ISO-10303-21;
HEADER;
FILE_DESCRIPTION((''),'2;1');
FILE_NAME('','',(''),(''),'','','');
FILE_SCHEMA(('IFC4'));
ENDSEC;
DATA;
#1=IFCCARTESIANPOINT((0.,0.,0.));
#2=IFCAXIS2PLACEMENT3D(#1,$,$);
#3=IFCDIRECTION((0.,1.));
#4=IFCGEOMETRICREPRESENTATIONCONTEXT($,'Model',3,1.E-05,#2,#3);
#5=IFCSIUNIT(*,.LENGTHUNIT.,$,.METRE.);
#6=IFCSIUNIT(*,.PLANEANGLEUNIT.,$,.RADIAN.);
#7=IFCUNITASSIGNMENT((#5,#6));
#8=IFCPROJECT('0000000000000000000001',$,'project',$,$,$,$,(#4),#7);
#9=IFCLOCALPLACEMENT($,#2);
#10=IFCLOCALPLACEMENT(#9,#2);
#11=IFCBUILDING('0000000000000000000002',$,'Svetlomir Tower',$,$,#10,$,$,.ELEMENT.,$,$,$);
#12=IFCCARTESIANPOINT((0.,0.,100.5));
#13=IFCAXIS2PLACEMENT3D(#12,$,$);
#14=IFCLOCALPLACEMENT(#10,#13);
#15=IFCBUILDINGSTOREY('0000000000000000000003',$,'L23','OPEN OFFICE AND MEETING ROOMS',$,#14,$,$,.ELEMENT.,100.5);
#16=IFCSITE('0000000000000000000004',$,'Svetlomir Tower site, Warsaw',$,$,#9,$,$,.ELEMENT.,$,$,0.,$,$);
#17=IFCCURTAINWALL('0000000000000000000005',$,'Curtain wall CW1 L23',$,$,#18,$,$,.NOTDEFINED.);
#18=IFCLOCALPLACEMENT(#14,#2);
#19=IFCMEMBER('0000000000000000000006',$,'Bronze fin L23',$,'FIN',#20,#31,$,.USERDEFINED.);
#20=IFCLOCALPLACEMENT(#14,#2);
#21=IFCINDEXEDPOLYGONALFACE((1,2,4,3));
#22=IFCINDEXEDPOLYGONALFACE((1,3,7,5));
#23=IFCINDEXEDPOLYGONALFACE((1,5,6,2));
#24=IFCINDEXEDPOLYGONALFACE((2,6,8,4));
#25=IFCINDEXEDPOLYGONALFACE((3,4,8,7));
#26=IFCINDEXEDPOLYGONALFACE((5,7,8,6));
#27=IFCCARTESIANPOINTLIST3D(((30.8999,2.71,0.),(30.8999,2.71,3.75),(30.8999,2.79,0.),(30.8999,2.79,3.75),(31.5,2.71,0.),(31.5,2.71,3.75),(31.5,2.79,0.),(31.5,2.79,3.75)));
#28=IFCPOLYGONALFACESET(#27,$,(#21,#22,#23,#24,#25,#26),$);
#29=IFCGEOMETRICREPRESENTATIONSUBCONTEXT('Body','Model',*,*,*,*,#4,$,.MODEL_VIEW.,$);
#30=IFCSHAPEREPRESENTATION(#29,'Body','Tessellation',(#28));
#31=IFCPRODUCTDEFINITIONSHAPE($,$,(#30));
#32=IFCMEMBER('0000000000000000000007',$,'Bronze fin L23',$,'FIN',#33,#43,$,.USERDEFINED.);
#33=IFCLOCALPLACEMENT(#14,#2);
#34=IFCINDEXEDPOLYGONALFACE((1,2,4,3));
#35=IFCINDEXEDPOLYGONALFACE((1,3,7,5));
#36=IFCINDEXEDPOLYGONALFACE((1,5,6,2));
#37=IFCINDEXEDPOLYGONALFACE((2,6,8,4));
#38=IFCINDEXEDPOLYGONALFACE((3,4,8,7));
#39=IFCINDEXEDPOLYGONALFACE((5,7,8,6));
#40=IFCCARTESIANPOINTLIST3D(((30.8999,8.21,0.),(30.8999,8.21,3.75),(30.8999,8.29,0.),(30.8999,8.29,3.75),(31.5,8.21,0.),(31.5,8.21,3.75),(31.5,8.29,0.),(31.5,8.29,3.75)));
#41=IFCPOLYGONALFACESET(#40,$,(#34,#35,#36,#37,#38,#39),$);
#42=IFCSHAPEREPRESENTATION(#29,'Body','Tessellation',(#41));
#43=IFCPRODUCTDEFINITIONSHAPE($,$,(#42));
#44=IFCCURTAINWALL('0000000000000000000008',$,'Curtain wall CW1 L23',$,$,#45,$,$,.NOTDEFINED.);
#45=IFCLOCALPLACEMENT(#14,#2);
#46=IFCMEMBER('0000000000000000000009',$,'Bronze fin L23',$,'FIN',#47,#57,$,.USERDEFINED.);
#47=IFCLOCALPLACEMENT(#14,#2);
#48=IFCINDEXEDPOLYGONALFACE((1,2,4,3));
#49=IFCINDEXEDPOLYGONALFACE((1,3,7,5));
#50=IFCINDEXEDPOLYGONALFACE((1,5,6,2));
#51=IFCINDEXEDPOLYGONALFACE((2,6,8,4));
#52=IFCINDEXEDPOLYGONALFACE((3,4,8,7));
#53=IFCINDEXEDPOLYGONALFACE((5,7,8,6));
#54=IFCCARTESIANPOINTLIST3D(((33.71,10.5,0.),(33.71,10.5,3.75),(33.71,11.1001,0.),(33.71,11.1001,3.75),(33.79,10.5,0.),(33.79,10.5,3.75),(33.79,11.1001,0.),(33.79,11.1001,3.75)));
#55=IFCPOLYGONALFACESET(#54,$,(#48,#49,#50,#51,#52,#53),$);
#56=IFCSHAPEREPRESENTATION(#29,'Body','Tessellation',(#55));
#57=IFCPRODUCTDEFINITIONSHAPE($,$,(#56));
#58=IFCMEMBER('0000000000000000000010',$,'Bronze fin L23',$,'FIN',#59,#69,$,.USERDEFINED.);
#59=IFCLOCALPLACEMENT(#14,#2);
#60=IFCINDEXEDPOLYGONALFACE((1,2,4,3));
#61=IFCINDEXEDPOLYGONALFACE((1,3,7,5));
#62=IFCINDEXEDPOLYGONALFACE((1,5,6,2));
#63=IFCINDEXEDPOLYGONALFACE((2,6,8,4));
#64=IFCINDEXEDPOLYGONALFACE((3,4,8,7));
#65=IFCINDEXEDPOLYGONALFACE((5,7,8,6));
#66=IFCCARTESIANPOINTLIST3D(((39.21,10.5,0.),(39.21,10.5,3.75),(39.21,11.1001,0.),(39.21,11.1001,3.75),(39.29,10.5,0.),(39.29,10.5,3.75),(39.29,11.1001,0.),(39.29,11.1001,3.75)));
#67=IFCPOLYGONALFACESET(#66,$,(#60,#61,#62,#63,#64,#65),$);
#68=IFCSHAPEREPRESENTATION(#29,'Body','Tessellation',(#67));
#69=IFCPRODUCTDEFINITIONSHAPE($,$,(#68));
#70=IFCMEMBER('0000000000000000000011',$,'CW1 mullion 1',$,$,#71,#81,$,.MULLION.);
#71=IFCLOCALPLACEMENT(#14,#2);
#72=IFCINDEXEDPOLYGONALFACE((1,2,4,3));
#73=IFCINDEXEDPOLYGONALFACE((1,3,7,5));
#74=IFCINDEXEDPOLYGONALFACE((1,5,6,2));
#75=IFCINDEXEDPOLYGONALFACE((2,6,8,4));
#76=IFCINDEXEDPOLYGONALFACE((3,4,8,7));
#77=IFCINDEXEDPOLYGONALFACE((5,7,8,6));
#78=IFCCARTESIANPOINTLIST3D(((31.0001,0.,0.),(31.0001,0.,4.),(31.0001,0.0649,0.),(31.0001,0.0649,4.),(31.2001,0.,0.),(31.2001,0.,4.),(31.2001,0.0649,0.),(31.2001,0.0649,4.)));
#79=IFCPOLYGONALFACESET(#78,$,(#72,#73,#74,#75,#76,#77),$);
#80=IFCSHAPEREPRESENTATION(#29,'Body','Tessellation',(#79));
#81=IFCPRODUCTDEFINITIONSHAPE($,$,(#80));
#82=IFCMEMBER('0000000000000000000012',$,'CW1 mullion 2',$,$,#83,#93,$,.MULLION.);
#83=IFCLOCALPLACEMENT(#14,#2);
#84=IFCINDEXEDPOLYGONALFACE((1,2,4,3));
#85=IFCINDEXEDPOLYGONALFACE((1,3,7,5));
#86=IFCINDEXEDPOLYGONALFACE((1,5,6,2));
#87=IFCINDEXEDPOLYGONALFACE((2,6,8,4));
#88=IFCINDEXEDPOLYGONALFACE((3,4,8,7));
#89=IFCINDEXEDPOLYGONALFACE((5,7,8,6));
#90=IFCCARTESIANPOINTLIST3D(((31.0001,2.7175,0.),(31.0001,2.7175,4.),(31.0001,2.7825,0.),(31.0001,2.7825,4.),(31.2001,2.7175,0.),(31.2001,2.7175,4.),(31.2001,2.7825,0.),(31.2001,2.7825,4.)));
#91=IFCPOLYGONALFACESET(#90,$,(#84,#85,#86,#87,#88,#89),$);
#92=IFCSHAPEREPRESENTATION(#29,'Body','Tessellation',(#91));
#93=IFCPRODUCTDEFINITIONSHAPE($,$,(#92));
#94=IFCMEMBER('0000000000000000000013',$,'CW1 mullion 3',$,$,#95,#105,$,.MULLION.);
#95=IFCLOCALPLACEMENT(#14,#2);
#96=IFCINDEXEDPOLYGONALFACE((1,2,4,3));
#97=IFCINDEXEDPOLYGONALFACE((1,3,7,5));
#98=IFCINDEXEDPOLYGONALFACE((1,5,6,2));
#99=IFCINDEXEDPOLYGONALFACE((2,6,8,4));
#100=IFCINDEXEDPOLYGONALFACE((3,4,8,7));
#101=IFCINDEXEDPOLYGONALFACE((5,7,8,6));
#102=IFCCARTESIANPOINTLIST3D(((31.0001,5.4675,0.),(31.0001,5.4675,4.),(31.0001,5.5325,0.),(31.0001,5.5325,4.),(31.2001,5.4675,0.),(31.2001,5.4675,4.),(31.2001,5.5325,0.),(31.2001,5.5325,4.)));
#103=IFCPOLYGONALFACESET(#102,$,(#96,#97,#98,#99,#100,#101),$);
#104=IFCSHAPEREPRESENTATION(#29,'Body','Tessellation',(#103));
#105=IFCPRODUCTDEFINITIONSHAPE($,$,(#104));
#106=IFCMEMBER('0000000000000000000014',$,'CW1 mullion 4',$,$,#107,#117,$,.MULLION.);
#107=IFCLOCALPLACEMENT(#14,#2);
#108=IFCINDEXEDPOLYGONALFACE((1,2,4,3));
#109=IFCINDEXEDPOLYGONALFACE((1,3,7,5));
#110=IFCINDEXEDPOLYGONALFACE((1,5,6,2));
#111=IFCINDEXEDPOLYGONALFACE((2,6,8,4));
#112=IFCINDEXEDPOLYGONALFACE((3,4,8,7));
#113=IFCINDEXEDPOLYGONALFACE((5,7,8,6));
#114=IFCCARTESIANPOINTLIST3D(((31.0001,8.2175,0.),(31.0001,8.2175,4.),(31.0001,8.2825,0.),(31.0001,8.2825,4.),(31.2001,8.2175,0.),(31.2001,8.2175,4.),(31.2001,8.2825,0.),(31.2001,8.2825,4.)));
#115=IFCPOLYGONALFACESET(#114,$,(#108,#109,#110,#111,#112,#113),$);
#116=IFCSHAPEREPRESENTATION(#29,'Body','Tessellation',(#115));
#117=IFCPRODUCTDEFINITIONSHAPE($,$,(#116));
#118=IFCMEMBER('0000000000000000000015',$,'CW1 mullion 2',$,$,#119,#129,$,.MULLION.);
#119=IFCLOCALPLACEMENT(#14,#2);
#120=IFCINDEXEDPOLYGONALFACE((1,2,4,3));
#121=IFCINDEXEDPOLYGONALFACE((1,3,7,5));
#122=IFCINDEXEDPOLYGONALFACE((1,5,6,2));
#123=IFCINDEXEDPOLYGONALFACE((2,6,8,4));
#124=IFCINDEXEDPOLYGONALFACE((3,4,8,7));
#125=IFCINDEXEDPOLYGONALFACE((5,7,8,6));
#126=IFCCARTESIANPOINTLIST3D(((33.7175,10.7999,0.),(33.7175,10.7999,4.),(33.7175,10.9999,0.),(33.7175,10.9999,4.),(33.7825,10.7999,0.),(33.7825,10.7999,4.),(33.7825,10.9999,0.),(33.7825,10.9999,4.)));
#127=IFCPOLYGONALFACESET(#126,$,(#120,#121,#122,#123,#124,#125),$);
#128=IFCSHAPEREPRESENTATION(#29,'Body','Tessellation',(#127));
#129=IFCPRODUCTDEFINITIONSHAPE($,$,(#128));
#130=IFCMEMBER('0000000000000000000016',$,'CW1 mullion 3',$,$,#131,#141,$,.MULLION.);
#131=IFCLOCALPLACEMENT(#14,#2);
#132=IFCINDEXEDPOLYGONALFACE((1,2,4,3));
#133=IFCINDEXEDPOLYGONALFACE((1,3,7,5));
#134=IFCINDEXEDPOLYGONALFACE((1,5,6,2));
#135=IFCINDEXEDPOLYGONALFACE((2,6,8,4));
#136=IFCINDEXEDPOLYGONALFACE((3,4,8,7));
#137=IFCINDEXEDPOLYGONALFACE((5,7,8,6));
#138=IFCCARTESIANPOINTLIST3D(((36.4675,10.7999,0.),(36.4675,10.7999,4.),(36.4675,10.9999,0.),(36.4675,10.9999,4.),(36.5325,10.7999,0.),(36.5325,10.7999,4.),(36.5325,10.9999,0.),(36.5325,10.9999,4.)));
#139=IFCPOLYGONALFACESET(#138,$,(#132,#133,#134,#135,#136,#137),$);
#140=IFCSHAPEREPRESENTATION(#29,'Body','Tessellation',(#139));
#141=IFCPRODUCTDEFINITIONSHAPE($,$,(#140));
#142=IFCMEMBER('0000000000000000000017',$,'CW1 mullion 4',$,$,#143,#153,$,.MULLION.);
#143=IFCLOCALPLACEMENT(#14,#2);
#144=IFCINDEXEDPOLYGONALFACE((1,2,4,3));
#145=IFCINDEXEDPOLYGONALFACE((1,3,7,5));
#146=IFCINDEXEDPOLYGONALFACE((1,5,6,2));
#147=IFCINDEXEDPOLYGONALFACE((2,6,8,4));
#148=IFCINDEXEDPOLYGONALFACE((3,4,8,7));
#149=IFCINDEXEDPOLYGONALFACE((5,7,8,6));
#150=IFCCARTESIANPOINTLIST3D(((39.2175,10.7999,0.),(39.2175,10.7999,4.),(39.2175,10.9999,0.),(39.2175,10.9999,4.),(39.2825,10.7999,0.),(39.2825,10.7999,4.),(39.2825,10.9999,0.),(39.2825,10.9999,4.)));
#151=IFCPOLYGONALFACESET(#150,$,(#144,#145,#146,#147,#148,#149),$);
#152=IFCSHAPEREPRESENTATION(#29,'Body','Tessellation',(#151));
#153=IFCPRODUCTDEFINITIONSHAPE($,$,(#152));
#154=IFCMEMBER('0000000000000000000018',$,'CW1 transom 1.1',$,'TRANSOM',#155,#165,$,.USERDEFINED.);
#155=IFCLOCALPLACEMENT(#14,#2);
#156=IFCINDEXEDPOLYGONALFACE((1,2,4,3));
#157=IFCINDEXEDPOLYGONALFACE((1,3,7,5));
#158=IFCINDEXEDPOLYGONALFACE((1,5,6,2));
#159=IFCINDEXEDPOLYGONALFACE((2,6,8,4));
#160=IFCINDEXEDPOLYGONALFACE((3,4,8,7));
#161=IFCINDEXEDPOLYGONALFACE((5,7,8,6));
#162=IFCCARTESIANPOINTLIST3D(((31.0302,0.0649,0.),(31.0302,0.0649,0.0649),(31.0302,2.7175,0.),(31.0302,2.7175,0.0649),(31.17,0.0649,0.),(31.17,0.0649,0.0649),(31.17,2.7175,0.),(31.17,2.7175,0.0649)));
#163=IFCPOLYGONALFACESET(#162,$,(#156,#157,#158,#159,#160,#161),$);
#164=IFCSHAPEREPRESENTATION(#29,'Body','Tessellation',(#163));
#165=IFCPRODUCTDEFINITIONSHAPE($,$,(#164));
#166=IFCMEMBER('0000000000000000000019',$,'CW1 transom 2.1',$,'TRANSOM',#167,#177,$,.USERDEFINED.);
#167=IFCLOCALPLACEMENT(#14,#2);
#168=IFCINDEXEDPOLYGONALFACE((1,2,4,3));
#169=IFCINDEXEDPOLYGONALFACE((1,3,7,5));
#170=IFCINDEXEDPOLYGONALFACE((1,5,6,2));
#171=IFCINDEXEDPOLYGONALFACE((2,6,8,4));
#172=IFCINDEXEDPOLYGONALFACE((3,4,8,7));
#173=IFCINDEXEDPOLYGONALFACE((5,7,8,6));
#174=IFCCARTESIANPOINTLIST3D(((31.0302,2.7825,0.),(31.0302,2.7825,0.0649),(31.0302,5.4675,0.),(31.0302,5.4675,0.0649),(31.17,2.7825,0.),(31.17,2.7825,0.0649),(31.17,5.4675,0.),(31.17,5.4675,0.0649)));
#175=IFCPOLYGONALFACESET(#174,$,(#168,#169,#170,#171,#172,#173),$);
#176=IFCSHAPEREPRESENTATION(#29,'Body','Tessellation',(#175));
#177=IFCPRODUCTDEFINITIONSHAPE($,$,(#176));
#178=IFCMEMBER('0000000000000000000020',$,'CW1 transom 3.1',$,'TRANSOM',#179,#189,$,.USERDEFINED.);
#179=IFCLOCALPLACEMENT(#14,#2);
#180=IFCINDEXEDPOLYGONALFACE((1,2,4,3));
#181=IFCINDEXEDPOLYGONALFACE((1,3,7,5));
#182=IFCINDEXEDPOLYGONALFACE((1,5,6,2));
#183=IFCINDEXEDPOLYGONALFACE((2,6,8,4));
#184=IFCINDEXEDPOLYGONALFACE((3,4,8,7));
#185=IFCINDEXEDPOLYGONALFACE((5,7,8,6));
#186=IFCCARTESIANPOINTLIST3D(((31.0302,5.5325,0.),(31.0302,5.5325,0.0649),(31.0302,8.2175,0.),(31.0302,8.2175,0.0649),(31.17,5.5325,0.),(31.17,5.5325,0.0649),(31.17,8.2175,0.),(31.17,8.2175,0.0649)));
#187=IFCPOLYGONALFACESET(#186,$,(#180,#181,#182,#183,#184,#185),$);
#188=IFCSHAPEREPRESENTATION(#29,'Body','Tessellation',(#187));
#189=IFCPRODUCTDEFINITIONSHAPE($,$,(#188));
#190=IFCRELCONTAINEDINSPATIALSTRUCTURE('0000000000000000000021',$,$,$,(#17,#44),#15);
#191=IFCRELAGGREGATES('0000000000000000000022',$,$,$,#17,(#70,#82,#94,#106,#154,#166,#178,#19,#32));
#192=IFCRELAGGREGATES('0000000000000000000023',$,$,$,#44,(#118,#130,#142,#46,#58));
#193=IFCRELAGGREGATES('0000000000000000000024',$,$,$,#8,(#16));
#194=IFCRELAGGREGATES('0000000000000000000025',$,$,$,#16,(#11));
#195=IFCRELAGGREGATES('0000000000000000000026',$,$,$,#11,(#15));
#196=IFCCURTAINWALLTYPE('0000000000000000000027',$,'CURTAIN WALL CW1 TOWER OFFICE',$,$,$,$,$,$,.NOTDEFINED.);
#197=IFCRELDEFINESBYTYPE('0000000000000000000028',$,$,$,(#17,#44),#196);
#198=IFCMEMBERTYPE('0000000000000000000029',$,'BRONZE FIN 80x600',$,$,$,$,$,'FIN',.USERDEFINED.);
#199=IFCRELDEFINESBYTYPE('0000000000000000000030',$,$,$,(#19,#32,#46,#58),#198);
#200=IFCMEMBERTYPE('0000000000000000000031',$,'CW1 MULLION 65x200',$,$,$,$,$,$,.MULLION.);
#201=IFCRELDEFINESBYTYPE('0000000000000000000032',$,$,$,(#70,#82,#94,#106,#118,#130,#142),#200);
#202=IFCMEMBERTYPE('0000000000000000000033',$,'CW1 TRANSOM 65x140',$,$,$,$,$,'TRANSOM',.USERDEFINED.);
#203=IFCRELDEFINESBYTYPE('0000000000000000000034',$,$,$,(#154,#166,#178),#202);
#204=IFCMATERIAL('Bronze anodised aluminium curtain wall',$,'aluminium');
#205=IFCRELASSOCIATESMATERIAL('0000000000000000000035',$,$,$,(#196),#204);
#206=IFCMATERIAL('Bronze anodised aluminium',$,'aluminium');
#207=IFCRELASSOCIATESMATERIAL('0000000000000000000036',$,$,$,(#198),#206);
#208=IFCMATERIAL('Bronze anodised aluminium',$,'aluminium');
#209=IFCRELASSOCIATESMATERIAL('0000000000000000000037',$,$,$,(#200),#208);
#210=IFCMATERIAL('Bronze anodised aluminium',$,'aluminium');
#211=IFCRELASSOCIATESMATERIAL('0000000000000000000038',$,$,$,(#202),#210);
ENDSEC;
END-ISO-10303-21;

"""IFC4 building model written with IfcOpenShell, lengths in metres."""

from ifc_helpers import new_model, si_unit, direction, frame, origin, origin_2d, place, context, subcontext, project, spatial, rectangle, extrude, material, material_profile, profile_set, type_object, element, aggregate, save


model = new_model("IFC4")

# Units and contexts
model_context = context("Model", 3, precision=1e-05, world=origin(), true_north=direction((0.0, 1.0)))
body_context = subcontext(model_context, "Body", "Model", "MODEL_VIEW")
ifc_project = project(units=[si_unit("LENGTHUNIT", "METRE"), si_unit("PLANEANGLEUNIT", "RADIAN")], contexts=[model_context])

# Site, building, storey
site_placement = place(None, origin())
site = spatial("IfcSite", under=ifc_project, at=site_placement, Name="Svetlomir Tower site, Warsaw", CompositionType="ELEMENT", RefElevation=0.0)
building_placement = place(site_placement, origin())
building = spatial("IfcBuilding", under=site, at=building_placement, Name="Svetlomir Tower", CompositionType="ELEMENT")
storey_placement = place(building_placement, frame((0.0, 0.0, 100.5)))
storey = spatial("IfcBuildingStorey", under=building, at=storey_placement, Name="L23", Description="OPEN OFFICE AND MEETING ROOMS", CompositionType="ELEMENT", Elevation=100.5)

# Curtain walls, members
ifc_material_1 = material(Name="Bronze anodised aluminium curtain wall", Category="aluminium")
curtain_wall_type = type_object("IfcCurtainWallType", Name="CURTAIN WALL CW1 TOWER OFFICE", PredefinedType="NOTDEFINED", material=ifc_material_1)
curtain_wall_1_placement = place(storey_placement, origin())
curtain_wall_1 = element("IfcCurtainWall", 1, at=curtain_wall_1_placement, inside=storey, type_object=curtain_wall_type, Name="Curtain wall CW1 L23", PredefinedType="NOTDEFINED")
ifc_material_2 = material(Name="Bronze anodised aluminium", Category="aluminium")
ifc_material_profile_1 = material_profile(ifc_material_2, rectangle(XDim=0.0801, YDim=0.6001, at=origin_2d()), Name="FIN 80x600")
ifc_profile_set_1 = profile_set([ifc_material_profile_1], Name="Bronze anodised aluminium 6063-T6")
member_type_1 = type_object("IfcMemberType", Name="BRONZE FIN 80x600", ElementType="FIN", PredefinedType="USERDEFINED", material=ifc_profile_set_1)
member_1_placement = place(storey_placement, frame((31.2, 2.75, 0.0), z_axis=(0.0, 0.0, 1.0), x_axis=(0.0, 1.0, 0.0)))
member_1 = element("IfcMember", 2, at=member_1_placement, type_object=member_type_1, Name="Bronze fin L23", ObjectType="FIN", PredefinedType="USERDEFINED", context=body_context, shape_type="SweptSolid", body=[
    extrude(rectangle(XDim=0.0801, YDim=0.6001, at=origin_2d()), origin(), (0.0, 0.0, 1.0), 3.75),
])
member_2_placement = place(storey_placement, frame((31.2, 8.25, 0.0), z_axis=(0.0, 0.0, 1.0), x_axis=(0.0, 1.0, 0.0)))
member_2 = element("IfcMember", 3, at=member_2_placement, type_object=member_type_1, Name="Bronze fin L23", ObjectType="FIN", PredefinedType="USERDEFINED", context=body_context, shape_type="SweptSolid", body=[
    extrude(rectangle(XDim=0.0801, YDim=0.6001, at=origin_2d()), origin(), (0.0, 0.0, 1.0), 3.75),
])
curtain_wall_2_placement = place(storey_placement, origin())
curtain_wall_2 = element("IfcCurtainWall", 4, at=curtain_wall_2_placement, inside=storey, type_object=curtain_wall_type, Name="Curtain wall CW1 L23", PredefinedType="NOTDEFINED")
member_3_placement = place(storey_placement, frame((33.75, 10.8, 0.0), z_axis=(0.0, 0.0, 1.0), x_axis=(1.0, 0.0, 0.0)))
member_3 = element("IfcMember", 5, at=member_3_placement, type_object=member_type_1, Name="Bronze fin L23", ObjectType="FIN", PredefinedType="USERDEFINED", context=body_context, shape_type="SweptSolid", body=[
    extrude(rectangle(XDim=0.0801, YDim=0.6001, at=origin_2d()), origin(), (0.0, 0.0, 1.0), 3.75),
])
member_4_placement = place(storey_placement, frame((39.25, 10.8, 0.0), z_axis=(0.0, 0.0, 1.0), x_axis=(1.0, 0.0, 0.0)))
member_4 = element("IfcMember", 6, at=member_4_placement, type_object=member_type_1, Name="Bronze fin L23", ObjectType="FIN", PredefinedType="USERDEFINED", context=body_context, shape_type="SweptSolid", body=[
    extrude(rectangle(XDim=0.0801, YDim=0.6001, at=origin_2d()), origin(), (0.0, 0.0, 1.0), 3.75),
])

# Members
ifc_material_3 = material(Name="Bronze anodised aluminium", Category="aluminium")
ifc_material_profile_2 = material_profile(ifc_material_3, rectangle(XDim=0.0649, YDim=0.2, at=origin_2d()), Name="AL 65x200")
ifc_profile_set_2 = profile_set([ifc_material_profile_2], Name="Bronze anodised aluminium 6063-T6")
member_type_2 = type_object("IfcMemberType", Name="CW1 MULLION 65x200", PredefinedType="MULLION", material=ifc_profile_set_2)
member_5_placement = place(storey_placement, frame((31.1001, 0.0325, 0.0), z_axis=(0.0, 0.0, 1.0), x_axis=(0.0, 1.0, 0.0)))
member_5 = element("IfcMember", 7, at=member_5_placement, type_object=member_type_2, Name="CW1 mullion 1", PredefinedType="MULLION", context=body_context, shape_type="SweptSolid", body=[
    extrude(rectangle(XDim=0.0649, YDim=0.2, at=origin_2d()), origin(), (0.0, 0.0, 1.0), 4.0),
])
member_6_placement = place(storey_placement, frame((31.1001, 2.75, 0.0), z_axis=(0.0, 0.0, 1.0), x_axis=(0.0, 1.0, 0.0)))
member_6 = element("IfcMember", 8, at=member_6_placement, type_object=member_type_2, Name="CW1 mullion 2", PredefinedType="MULLION", context=body_context, shape_type="SweptSolid", body=[
    extrude(rectangle(XDim=0.0649, YDim=0.2, at=origin_2d()), origin(), (0.0, 0.0, 1.0), 4.0),
])
member_7_placement = place(storey_placement, frame((31.1001, 5.5, 0.0), z_axis=(0.0, 0.0, 1.0), x_axis=(0.0, 1.0, 0.0)))
member_7 = element("IfcMember", 9, at=member_7_placement, type_object=member_type_2, Name="CW1 mullion 3", PredefinedType="MULLION", context=body_context, shape_type="SweptSolid", body=[
    extrude(rectangle(XDim=0.0649, YDim=0.2, at=origin_2d()), origin(), (0.0, 0.0, 1.0), 4.0),
])
member_8_placement = place(storey_placement, frame((31.1001, 8.25, 0.0), z_axis=(0.0, 0.0, 1.0), x_axis=(0.0, 1.0, 0.0)))
member_8 = element("IfcMember", 10, at=member_8_placement, type_object=member_type_2, Name="CW1 mullion 4", PredefinedType="MULLION", context=body_context, shape_type="SweptSolid", body=[
    extrude(rectangle(XDim=0.0649, YDim=0.2, at=origin_2d()), origin(), (0.0, 0.0, 1.0), 4.0),
])
member_9_placement = place(storey_placement, frame((33.75, 10.8999, 0.0), z_axis=(0.0, 0.0, 1.0), x_axis=(1.0, 0.0, 0.0)))
member_9 = element("IfcMember", 11, at=member_9_placement, type_object=member_type_2, Name="CW1 mullion 2", PredefinedType="MULLION", context=body_context, shape_type="SweptSolid", body=[
    extrude(rectangle(XDim=0.0649, YDim=0.2, at=origin_2d()), origin(), (0.0, 0.0, 1.0), 4.0),
])
member_10_placement = place(storey_placement, frame((36.5, 10.8999, 0.0), z_axis=(0.0, 0.0, 1.0), x_axis=(1.0, 0.0, 0.0)))
member_10 = element("IfcMember", 12, at=member_10_placement, type_object=member_type_2, Name="CW1 mullion 3", PredefinedType="MULLION", context=body_context, shape_type="SweptSolid", body=[
    extrude(rectangle(XDim=0.0649, YDim=0.2, at=origin_2d()), origin(), (0.0, 0.0, 1.0), 4.0),
])
member_11_placement = place(storey_placement, frame((39.25, 10.8999, 0.0), z_axis=(0.0, 0.0, 1.0), x_axis=(1.0, 0.0, 0.0)))
member_11 = element("IfcMember", 13, at=member_11_placement, type_object=member_type_2, Name="CW1 mullion 4", PredefinedType="MULLION", context=body_context, shape_type="SweptSolid", body=[
    extrude(rectangle(XDim=0.0649, YDim=0.2, at=origin_2d()), origin(), (0.0, 0.0, 1.0), 4.0),
])
ifc_material_4 = material(Name="Bronze anodised aluminium", Category="aluminium")
ifc_material_profile_3 = material_profile(ifc_material_4, rectangle(XDim=0.1399, YDim=0.0649, at=origin_2d()), Name="AL 140x65")
ifc_profile_set_3 = profile_set([ifc_material_profile_3], Name="Bronze anodised aluminium 6063-T6")
member_type_3 = type_object("IfcMemberType", Name="CW1 TRANSOM 65x140", ElementType="TRANSOM", PredefinedType="USERDEFINED", material=ifc_profile_set_3)
member_12_placement = place(storey_placement, frame((31.1001, 0.0649, 0.0325), z_axis=(0.0, 1.0, 0.0), x_axis=(-1.0, 0.0, 0.0)))
member_12 = element("IfcMember", 14, at=member_12_placement, type_object=member_type_3, Name="CW1 transom 1.1", ObjectType="TRANSOM", PredefinedType="USERDEFINED", context=body_context, shape_type="SweptSolid", body=[
    extrude(rectangle(XDim=0.1399, YDim=0.0649, at=origin_2d()), origin(), (0.0, 0.0, 1.0), 2.6526),
])
member_13_placement = place(storey_placement, frame((31.1001, 2.7825, 0.0325), z_axis=(0.0, 1.0, 0.0), x_axis=(-1.0, 0.0, 0.0)))
member_13 = element("IfcMember", 15, at=member_13_placement, type_object=member_type_3, Name="CW1 transom 2.1", ObjectType="TRANSOM", PredefinedType="USERDEFINED", context=body_context, shape_type="SweptSolid", body=[
    extrude(rectangle(XDim=0.1399, YDim=0.0649, at=origin_2d()), origin(), (0.0, 0.0, 1.0), 2.6851),
])
member_14_placement = place(storey_placement, frame((31.1001, 5.5325, 0.0325), z_axis=(0.0, 1.0, 0.0), x_axis=(-1.0, 0.0, 0.0)))
member_14 = element("IfcMember", 16, at=member_14_placement, type_object=member_type_3, Name="CW1 transom 3.1", ObjectType="TRANSOM", PredefinedType="USERDEFINED", context=body_context, shape_type="SweptSolid", body=[
    extrude(rectangle(XDim=0.1399, YDim=0.0649, at=origin_2d()), origin(), (0.0, 0.0, 1.0), 2.6851),
])

aggregate(curtain_wall_1, [member_5, member_6, member_7, member_8, member_12, member_13, member_14, member_1, member_2])
aggregate(curtain_wall_2, [member_9, member_10, member_11, member_3, member_4])

save(model, "model.ifc")
